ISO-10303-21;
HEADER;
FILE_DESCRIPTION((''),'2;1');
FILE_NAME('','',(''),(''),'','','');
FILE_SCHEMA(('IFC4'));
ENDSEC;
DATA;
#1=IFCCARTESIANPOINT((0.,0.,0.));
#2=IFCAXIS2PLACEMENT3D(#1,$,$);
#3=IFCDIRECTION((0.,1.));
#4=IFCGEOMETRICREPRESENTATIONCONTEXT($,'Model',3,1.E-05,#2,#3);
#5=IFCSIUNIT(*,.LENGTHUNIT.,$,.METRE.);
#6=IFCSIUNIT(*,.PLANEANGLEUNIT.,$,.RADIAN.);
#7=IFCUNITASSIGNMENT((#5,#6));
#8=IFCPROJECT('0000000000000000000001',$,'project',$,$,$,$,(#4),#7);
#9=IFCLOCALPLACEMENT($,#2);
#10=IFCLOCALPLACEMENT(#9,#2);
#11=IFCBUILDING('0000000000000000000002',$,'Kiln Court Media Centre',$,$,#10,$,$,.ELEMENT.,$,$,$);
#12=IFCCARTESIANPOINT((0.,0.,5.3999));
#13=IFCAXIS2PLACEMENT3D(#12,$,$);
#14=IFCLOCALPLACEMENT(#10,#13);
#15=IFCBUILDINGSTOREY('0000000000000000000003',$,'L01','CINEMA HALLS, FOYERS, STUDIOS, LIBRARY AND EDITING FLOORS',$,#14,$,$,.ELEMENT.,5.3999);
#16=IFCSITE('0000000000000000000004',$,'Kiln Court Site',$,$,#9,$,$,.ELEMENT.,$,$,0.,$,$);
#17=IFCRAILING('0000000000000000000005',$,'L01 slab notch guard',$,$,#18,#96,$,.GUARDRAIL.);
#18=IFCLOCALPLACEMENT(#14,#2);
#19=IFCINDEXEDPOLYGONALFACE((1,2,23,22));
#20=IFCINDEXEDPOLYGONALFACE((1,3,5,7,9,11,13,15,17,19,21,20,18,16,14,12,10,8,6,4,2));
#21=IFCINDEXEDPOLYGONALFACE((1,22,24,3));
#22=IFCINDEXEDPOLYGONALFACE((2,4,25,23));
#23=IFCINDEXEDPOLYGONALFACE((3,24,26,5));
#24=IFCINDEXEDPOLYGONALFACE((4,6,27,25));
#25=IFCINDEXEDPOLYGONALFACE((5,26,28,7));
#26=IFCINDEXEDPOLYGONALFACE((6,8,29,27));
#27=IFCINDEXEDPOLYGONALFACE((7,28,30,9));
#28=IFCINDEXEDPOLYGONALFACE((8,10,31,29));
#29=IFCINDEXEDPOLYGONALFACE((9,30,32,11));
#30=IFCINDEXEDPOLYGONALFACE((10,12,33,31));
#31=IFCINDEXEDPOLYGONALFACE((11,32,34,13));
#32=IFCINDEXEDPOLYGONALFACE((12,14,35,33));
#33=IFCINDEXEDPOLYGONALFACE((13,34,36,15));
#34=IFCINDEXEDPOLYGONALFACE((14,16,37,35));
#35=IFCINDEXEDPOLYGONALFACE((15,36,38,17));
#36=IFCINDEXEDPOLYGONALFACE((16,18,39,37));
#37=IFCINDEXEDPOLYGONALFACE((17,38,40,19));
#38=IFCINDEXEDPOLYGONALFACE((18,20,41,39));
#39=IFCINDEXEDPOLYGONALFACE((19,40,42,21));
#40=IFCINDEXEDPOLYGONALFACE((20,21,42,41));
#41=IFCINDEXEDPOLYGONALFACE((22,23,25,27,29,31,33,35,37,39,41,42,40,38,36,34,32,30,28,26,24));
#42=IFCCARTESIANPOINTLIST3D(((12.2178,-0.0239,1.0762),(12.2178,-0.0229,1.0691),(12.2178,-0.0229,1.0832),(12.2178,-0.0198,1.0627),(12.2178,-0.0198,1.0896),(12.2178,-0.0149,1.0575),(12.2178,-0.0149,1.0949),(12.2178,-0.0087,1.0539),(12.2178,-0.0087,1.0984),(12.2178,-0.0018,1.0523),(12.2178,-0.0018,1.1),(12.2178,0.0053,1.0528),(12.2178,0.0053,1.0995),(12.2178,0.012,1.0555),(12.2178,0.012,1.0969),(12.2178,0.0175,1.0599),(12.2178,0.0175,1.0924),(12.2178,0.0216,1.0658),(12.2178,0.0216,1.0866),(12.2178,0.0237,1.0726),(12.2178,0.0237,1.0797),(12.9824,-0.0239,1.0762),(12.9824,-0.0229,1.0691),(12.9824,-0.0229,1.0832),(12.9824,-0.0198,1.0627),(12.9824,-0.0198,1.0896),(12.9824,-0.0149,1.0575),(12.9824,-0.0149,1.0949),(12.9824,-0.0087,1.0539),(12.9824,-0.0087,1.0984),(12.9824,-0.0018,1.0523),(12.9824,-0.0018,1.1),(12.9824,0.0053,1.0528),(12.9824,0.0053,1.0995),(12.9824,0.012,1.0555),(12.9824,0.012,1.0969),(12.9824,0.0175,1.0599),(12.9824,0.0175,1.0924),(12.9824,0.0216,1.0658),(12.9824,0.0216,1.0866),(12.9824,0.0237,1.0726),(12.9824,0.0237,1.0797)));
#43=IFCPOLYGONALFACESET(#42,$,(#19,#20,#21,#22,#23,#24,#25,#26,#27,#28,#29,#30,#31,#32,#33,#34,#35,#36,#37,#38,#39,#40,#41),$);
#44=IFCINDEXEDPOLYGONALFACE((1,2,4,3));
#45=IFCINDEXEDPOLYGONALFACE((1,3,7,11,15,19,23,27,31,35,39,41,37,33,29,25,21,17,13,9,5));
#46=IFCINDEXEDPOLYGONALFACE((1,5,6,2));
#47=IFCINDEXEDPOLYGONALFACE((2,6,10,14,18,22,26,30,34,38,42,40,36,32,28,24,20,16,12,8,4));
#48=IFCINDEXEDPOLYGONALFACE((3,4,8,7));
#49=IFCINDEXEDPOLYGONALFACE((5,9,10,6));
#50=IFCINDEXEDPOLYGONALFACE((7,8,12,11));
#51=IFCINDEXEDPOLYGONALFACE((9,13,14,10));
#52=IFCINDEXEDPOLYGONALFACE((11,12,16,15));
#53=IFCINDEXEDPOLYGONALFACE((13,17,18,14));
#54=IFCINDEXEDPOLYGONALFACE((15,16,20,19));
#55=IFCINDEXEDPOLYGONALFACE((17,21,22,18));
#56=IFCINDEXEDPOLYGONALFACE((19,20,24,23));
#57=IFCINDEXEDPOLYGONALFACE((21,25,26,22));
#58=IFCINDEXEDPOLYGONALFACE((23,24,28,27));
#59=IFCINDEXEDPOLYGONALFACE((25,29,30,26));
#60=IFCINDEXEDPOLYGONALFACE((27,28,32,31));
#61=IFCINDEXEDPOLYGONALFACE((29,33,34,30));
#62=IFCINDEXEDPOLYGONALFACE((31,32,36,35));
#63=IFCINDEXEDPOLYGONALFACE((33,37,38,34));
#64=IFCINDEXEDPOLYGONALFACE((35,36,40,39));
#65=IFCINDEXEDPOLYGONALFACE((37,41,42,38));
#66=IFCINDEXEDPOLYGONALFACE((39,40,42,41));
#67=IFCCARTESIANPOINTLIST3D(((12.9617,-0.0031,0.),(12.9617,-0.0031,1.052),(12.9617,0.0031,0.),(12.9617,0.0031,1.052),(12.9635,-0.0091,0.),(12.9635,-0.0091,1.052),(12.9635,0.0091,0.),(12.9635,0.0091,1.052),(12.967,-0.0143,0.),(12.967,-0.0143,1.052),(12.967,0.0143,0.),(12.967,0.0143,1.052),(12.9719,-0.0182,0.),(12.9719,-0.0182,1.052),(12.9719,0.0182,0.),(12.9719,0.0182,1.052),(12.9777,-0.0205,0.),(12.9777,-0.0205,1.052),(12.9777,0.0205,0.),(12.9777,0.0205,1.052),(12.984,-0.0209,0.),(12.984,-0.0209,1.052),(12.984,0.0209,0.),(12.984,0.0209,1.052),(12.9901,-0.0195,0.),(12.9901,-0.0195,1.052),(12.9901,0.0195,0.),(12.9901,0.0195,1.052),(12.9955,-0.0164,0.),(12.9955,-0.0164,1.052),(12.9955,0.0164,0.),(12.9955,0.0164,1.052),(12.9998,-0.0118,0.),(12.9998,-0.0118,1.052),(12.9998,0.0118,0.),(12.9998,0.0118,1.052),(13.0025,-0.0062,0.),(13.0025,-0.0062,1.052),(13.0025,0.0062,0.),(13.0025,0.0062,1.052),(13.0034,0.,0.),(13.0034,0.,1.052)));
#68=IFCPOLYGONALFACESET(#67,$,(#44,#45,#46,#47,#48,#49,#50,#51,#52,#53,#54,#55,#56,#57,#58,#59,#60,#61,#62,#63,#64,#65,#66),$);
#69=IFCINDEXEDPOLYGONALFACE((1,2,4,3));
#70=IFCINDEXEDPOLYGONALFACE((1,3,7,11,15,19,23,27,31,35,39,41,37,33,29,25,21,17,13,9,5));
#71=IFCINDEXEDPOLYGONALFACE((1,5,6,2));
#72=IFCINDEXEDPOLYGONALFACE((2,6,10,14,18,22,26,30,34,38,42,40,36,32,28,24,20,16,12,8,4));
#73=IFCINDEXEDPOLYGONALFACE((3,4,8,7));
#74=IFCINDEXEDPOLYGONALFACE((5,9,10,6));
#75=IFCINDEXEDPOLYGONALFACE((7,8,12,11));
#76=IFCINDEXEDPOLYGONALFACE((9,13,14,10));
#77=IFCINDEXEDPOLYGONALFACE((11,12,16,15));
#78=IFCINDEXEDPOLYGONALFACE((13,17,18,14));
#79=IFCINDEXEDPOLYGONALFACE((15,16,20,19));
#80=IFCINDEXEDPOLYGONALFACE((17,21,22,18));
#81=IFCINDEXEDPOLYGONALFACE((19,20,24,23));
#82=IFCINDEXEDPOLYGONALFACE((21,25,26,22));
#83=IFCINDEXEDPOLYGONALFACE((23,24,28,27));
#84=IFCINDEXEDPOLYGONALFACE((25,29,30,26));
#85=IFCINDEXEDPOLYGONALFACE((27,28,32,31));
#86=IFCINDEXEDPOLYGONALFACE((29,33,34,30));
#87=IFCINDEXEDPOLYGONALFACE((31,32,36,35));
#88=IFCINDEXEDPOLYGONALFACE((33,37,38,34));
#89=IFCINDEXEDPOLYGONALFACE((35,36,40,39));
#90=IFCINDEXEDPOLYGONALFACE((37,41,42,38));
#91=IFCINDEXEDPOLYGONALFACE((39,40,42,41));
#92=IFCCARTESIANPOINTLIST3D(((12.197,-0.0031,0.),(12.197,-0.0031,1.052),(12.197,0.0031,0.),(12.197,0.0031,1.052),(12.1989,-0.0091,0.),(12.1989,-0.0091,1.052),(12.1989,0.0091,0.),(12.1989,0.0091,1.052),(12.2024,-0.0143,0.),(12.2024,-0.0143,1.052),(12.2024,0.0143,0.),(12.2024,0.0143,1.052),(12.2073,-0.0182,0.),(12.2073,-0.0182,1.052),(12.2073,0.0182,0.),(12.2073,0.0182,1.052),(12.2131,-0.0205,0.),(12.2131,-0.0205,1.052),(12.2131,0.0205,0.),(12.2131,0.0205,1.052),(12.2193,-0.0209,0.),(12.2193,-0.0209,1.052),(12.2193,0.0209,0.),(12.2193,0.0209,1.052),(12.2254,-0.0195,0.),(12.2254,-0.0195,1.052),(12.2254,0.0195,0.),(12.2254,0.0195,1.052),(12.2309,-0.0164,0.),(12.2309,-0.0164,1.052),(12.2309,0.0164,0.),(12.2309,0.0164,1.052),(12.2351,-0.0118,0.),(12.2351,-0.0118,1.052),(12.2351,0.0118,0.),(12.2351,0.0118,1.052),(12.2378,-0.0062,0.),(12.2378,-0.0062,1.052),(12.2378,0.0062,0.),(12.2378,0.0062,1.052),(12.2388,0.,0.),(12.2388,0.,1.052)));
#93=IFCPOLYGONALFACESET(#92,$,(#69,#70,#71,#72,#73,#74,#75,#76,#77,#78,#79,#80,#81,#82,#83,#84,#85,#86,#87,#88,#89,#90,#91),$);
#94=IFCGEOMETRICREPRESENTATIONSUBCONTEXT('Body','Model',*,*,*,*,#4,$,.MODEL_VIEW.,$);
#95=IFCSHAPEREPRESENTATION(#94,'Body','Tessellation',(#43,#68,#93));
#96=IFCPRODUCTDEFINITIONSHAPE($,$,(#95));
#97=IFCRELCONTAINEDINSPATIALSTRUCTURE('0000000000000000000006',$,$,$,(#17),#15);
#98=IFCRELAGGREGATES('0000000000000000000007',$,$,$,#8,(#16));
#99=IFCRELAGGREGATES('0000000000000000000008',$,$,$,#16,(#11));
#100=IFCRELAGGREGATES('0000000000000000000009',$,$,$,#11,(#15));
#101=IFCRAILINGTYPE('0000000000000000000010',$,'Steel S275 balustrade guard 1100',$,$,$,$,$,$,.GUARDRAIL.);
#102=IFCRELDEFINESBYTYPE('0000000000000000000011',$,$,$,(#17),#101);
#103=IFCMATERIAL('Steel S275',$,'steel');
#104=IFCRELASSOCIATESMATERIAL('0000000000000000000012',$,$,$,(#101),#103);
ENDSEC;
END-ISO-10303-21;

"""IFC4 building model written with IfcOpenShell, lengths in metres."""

from ifc_helpers import new_model, si_unit, direction, frame, origin, origin_2d, place, context, subcontext, project, spatial, circle, extrude, material, type_object, element, save


model = new_model("IFC4")

# Units and contexts
model_context = context("Model", 3, precision=1e-05, world=origin(), true_north=direction((0.0, 1.0)))
body_context = subcontext(model_context, "Body", "Model", "MODEL_VIEW")
ifc_project = project(units=[si_unit("LENGTHUNIT", "METRE"), si_unit("PLANEANGLEUNIT", "RADIAN")], contexts=[model_context])

# Site, building, storey
site_placement = place(None, origin())
site = spatial("IfcSite", under=ifc_project, at=site_placement, Name="Kiln Court Site", CompositionType="ELEMENT", RefElevation=0.0)
building_placement = place(site_placement, origin())
building = spatial("IfcBuilding", under=site, at=building_placement, Name="Kiln Court Media Centre", CompositionType="ELEMENT")
storey_placement = place(building_placement, frame((0.0, 0.0, 5.3999)))
storey = spatial("IfcBuildingStorey", under=building, at=storey_placement, Name="L01", Description="CINEMA HALLS, FOYERS, STUDIOS, LIBRARY AND EDITING FLOORS", CompositionType="ELEMENT", Elevation=5.3999)

# Railing
ifc_material_1 = material(Name="Steel S275", Category="steel")
railing_type = type_object("IfcRailingType", Name="Steel S275 balustrade guard 1100", PredefinedType="GUARDRAIL", material=ifc_material_1)
for number, where, name in (
    (1, (12.9824, 0.0, 0.0), "L01 slab notch guard"),
):
    element("IfcRailing", number, at=place(storey_placement, frame(where)), inside=storey, type_object=railing_type, Name=name, PredefinedType="GUARDRAIL", context=body_context, shape_type="SweptSolid", body=[
        extrude(circle(Radius=0.0239, at=origin_2d()), frame((0.0, 0.0, 1.0762), z_axis=(-1.0, 0.0, 0.0), x_axis=(0.0, -1.0, 0.0)), (0.0, 0.0, 1.0), 0.7646),
        extrude(circle(Radius=0.021, at=origin_2d()), origin(), (0.0, 0.0, 1.0), 1.052),
        extrude(circle(Radius=0.021, at=origin_2d()), frame((-0.7646, 0.0, 0.0)), (0.0, 0.0, 1.0), 1.052),
    ])

save(model, "model.ifc")
